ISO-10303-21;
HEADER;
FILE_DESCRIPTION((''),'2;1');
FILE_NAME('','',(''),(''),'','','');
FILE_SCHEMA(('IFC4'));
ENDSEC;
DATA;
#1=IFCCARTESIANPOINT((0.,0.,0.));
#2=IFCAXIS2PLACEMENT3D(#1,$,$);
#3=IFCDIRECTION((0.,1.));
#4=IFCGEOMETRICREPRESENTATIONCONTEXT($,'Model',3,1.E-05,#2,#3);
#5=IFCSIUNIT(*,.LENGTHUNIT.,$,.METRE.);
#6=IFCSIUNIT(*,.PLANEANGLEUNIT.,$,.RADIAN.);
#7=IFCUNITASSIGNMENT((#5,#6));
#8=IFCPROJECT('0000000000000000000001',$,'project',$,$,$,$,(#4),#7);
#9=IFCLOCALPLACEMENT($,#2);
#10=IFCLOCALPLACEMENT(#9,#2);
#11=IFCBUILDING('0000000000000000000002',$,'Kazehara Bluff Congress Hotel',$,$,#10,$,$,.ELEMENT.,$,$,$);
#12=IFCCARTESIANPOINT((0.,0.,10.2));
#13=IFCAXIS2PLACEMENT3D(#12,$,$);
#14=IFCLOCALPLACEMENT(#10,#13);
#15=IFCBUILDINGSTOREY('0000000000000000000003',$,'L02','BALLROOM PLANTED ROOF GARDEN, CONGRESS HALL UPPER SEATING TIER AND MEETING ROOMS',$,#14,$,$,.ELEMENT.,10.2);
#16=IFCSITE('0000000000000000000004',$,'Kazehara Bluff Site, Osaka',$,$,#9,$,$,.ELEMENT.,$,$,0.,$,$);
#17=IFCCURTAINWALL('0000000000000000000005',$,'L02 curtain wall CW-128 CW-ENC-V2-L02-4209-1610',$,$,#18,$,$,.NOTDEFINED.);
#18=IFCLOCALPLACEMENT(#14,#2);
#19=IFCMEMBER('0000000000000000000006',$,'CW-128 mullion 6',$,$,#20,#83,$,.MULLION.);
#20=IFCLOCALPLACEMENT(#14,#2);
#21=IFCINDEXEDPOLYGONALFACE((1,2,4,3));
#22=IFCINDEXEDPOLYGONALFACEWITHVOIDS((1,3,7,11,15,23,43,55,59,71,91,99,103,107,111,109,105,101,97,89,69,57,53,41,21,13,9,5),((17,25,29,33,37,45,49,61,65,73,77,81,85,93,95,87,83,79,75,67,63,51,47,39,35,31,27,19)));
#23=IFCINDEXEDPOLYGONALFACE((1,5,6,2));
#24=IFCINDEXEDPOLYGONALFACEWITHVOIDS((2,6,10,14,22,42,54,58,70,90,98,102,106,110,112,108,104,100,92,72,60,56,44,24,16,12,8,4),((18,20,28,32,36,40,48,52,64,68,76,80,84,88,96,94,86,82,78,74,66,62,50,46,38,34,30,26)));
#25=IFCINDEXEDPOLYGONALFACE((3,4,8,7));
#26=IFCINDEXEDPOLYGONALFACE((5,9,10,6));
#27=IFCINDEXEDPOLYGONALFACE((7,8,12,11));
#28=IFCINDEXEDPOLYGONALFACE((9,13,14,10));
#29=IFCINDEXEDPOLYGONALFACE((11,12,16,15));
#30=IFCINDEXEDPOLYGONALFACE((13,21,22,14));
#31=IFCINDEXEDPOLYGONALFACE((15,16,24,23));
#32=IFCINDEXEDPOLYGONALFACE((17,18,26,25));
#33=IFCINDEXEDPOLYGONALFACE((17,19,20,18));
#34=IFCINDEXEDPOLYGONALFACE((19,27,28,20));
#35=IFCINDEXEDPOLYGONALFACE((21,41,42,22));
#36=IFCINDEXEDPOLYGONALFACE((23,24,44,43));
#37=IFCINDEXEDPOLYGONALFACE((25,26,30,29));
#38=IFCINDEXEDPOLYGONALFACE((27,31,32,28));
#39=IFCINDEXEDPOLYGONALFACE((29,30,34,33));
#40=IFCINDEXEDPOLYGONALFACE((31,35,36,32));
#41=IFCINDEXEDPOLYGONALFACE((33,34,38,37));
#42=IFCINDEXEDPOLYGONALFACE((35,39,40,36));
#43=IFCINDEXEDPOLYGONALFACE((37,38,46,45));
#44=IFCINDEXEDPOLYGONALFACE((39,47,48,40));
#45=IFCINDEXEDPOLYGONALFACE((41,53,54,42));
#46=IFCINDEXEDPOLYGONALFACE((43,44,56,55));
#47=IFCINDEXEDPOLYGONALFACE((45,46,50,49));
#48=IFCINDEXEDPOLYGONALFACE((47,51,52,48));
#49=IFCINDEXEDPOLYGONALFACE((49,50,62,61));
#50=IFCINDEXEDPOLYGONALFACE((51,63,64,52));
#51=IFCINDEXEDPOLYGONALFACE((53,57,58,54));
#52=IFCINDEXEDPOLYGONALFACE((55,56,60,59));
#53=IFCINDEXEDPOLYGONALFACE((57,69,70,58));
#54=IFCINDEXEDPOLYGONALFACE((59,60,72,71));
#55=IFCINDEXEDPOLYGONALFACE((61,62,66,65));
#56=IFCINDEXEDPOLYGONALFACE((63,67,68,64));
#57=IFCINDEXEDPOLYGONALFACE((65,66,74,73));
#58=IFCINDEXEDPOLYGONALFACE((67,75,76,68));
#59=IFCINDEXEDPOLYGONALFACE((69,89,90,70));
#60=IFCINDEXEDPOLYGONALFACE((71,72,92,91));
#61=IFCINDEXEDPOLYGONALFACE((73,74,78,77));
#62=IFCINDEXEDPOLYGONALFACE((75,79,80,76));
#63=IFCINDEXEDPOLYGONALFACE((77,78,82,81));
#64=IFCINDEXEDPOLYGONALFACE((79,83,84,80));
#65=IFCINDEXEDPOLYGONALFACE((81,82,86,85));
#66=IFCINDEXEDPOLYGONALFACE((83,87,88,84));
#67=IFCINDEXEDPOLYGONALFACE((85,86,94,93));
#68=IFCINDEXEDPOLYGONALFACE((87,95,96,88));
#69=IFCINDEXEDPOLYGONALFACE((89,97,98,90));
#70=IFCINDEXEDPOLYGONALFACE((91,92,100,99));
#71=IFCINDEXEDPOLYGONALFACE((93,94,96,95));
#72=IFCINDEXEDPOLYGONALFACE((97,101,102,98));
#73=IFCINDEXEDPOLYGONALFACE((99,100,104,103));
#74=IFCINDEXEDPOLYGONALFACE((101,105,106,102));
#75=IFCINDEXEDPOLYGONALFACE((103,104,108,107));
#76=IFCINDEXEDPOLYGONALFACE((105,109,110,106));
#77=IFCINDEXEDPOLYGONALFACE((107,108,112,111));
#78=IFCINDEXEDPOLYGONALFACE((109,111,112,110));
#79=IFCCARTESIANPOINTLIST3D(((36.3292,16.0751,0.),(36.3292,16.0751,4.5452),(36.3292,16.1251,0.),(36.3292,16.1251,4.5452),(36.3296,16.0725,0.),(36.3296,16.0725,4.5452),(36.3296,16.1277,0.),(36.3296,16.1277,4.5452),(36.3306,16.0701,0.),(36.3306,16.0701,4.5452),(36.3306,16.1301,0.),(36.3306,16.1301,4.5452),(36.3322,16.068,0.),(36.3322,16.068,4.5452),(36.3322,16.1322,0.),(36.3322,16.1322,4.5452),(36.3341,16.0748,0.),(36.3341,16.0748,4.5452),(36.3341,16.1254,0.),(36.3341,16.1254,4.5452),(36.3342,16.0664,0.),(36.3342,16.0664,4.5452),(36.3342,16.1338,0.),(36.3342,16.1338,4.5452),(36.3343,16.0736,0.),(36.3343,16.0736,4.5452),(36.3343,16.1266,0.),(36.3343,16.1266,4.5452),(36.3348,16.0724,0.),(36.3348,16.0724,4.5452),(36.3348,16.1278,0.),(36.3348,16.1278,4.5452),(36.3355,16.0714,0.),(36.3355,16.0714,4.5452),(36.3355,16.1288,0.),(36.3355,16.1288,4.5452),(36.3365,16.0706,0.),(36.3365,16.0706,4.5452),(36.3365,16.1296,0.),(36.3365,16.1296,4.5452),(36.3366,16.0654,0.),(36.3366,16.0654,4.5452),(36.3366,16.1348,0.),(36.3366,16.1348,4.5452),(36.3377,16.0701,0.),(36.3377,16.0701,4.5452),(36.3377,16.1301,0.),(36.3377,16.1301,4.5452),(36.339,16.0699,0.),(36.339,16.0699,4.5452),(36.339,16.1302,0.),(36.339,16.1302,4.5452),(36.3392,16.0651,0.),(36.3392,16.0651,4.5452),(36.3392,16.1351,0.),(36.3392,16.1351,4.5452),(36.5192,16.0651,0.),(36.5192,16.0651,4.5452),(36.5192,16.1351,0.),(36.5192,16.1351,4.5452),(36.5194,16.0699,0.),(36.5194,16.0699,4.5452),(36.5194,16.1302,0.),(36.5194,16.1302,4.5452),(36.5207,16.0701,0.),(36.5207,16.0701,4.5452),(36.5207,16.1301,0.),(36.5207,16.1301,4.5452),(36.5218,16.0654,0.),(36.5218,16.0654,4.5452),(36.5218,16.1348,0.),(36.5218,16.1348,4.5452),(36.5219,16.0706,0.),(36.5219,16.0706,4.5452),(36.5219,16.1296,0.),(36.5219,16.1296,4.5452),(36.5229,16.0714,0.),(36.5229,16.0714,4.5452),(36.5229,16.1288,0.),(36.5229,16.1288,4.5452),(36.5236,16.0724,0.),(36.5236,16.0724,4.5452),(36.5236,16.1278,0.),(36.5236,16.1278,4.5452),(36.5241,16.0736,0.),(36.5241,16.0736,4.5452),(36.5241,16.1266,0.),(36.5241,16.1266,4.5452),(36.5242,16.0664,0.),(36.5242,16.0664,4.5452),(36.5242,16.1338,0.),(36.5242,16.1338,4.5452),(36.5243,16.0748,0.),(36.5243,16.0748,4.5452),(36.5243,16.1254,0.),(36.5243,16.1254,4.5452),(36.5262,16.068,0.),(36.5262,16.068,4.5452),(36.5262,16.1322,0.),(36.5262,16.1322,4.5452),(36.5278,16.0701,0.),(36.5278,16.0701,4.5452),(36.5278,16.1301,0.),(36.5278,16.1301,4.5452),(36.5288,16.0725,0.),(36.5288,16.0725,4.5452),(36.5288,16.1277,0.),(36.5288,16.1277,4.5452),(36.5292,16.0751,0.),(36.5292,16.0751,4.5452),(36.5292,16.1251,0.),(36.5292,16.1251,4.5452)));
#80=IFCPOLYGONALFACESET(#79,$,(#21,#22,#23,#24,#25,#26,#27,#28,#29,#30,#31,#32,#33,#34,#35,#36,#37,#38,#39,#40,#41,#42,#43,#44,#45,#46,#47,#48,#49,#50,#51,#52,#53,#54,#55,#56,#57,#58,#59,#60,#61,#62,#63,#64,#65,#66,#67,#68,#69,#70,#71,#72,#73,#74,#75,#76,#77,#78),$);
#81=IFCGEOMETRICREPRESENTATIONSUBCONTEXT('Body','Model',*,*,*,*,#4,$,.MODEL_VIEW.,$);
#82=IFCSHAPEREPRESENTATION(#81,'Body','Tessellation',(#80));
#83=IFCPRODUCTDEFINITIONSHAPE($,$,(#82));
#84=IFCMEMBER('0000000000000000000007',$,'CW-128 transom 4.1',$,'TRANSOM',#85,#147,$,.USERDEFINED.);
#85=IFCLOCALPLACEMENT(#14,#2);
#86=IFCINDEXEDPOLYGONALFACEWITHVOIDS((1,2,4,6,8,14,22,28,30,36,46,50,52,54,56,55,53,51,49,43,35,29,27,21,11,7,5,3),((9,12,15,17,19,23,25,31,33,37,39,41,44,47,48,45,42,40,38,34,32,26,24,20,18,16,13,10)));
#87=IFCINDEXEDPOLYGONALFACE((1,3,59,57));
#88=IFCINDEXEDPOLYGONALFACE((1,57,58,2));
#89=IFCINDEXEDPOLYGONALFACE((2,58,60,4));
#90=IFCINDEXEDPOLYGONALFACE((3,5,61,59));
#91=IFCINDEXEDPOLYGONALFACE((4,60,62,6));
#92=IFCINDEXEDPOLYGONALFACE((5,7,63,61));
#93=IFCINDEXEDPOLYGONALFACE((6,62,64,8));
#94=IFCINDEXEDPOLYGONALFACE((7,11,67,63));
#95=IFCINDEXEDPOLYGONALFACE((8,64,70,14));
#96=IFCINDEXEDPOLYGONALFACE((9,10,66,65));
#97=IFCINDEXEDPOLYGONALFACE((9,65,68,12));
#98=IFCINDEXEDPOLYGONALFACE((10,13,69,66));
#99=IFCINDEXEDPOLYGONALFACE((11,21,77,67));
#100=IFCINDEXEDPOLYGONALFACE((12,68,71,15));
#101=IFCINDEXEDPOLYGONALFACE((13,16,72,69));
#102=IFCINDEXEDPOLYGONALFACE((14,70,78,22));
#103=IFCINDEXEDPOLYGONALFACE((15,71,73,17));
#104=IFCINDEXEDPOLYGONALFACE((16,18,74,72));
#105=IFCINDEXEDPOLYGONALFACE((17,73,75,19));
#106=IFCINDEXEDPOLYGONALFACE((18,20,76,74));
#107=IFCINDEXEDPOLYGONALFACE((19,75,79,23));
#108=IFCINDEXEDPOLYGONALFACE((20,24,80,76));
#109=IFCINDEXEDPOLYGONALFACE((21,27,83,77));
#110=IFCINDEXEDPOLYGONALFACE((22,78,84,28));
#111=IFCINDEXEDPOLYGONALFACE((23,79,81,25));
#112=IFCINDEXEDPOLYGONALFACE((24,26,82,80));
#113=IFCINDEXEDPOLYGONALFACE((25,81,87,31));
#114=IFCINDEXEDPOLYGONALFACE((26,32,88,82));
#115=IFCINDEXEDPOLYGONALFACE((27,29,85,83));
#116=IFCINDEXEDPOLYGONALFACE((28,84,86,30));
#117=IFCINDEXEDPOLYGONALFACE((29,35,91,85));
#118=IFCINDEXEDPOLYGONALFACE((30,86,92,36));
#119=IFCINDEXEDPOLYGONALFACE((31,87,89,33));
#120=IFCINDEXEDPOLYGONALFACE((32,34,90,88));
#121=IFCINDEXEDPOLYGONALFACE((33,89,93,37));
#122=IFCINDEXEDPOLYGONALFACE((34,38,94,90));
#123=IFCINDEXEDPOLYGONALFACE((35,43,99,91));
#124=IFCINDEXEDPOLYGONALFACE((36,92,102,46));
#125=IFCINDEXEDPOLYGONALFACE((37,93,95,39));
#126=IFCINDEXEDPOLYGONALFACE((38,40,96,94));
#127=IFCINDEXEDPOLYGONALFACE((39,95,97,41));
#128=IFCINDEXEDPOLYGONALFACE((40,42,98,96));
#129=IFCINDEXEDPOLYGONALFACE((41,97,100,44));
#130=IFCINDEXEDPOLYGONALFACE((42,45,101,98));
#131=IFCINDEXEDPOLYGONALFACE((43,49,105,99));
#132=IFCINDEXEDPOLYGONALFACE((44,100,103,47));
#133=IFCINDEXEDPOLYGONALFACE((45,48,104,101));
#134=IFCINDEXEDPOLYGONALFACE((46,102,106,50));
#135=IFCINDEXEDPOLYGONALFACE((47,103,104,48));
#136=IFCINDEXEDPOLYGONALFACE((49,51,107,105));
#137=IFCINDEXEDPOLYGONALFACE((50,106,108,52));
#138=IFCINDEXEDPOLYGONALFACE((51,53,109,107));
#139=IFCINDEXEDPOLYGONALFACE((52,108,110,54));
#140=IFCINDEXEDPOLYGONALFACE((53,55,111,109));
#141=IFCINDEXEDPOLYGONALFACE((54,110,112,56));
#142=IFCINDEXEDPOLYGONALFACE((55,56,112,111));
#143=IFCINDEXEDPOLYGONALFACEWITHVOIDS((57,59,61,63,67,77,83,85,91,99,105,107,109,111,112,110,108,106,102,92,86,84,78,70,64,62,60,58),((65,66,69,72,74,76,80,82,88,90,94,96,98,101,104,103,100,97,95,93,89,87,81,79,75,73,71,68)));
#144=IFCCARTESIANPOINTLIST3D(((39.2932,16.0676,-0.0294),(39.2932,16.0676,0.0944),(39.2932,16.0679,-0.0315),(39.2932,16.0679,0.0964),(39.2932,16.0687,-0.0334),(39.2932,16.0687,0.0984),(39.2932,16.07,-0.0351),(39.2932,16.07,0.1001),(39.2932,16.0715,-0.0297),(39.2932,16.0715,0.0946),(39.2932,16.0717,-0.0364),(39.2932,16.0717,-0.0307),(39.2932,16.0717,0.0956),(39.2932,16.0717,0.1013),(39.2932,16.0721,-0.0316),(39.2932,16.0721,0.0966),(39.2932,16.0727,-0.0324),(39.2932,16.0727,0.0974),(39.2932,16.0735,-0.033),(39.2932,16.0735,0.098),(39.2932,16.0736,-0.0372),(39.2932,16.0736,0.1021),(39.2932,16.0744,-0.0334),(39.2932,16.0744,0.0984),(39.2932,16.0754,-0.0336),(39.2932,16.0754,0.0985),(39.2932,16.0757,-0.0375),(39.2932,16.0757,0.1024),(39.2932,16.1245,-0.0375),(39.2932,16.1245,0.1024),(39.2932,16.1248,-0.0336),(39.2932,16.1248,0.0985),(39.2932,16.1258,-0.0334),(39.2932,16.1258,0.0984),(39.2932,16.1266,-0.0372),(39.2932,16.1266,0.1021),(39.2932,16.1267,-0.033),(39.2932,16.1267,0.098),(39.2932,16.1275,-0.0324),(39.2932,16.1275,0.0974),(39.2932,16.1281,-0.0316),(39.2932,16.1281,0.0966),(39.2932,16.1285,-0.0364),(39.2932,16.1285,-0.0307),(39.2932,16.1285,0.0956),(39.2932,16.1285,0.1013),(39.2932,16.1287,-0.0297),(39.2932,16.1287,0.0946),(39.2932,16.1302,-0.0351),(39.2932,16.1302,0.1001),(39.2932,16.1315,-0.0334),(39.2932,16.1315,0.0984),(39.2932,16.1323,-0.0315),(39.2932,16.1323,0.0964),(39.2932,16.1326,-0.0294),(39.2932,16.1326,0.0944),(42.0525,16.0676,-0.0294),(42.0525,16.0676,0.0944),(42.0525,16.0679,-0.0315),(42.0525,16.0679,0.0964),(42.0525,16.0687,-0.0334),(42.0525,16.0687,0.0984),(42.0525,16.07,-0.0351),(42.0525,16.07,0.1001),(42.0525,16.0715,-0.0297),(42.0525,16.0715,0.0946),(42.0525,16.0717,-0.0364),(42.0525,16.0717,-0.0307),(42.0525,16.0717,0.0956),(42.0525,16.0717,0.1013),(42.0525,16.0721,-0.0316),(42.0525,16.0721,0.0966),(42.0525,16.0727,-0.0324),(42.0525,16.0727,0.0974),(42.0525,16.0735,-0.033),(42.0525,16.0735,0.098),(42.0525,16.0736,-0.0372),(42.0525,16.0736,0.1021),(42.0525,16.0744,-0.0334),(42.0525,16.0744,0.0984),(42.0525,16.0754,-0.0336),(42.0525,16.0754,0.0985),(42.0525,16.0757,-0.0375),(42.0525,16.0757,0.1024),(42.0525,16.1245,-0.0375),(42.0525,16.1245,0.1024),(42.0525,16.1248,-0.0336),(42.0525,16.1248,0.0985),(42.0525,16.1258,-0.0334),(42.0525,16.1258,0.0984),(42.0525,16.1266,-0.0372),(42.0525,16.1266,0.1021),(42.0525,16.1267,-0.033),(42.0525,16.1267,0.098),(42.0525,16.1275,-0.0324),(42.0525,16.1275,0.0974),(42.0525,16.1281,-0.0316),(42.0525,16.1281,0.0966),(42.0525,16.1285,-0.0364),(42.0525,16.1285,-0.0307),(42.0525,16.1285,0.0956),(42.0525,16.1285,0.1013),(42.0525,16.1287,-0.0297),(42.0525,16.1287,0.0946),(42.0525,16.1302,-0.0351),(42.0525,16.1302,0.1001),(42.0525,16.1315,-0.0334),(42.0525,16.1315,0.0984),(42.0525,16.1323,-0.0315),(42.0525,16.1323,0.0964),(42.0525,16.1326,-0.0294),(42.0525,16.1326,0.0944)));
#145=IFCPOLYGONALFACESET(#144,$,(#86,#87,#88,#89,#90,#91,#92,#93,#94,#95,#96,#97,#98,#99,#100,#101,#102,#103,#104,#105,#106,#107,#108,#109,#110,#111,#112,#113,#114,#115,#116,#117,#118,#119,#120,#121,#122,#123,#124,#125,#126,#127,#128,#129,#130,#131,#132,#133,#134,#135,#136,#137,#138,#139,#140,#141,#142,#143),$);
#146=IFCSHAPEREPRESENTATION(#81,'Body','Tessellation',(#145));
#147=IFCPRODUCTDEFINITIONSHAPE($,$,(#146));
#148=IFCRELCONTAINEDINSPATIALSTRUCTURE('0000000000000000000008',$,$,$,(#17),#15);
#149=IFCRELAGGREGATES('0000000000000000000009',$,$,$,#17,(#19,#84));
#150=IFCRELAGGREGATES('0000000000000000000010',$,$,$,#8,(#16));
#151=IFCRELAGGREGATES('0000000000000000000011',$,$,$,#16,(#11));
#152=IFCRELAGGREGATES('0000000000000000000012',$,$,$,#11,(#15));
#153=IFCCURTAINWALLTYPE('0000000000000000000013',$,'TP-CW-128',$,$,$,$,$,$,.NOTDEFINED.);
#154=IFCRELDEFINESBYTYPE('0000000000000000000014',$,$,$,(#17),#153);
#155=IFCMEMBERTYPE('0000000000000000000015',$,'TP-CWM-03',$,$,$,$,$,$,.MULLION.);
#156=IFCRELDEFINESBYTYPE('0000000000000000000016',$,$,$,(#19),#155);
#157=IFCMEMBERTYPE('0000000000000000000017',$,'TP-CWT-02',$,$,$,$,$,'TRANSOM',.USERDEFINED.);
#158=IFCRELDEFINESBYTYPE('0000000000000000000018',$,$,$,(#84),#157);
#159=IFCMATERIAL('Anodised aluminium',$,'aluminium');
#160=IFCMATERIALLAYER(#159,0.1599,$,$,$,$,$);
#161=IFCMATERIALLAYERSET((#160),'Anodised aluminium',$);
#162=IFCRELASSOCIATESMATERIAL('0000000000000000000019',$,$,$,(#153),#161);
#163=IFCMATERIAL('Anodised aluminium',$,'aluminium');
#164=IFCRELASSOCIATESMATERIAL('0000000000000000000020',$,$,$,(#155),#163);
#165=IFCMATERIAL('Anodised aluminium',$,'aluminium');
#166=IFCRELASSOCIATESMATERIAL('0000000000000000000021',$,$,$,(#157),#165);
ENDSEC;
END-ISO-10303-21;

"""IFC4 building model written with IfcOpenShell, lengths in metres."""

from ifc_helpers import new_model, si_unit, direction, frame, origin, origin_2d, place, context, subcontext, project, spatial, hollow_rectangle, extrude, material, layer, layer_set, material_profile, profile_set, type_object, element, aggregate, save


model = new_model("IFC4")

# Units and contexts
model_context = context("Model", 3, precision=1e-05, world=origin(), true_north=direction((0.0, 1.0)))
body_context = subcontext(model_context, "Body", "Model", "MODEL_VIEW")
ifc_project = project(units=[si_unit("LENGTHUNIT", "METRE"), si_unit("PLANEANGLEUNIT", "RADIAN")], contexts=[model_context])

# Site, building, storey
site_placement = place(None, origin())
site = spatial("IfcSite", under=ifc_project, at=site_placement, Name="Kazehara Bluff Site, Osaka", CompositionType="ELEMENT", RefElevation=0.0)
building_placement = place(site_placement, origin())
building = spatial("IfcBuilding", under=site, at=building_placement, Name="Kazehara Bluff Congress Hotel", CompositionType="ELEMENT")
storey_placement = place(building_placement, frame((0.0, 0.0, 10.2)))
storey = spatial("IfcBuildingStorey", under=building, at=storey_placement, Name="L02", Description="BALLROOM PLANTED ROOF GARDEN, CONGRESS HALL UPPER SEATING TIER AND MEETING ROOMS", CompositionType="ELEMENT", Elevation=10.2)

# Curtain wall, members
ifc_material_1 = material(Name="Anodised aluminium", Category="aluminium")
ifc_layer_1 = layer(ifc_material_1, 0.1599)
ifc_layer_set_1 = layer_set([ifc_layer_1], Name="Anodised aluminium")
curtain_wall_type = type_object("IfcCurtainWallType", Name="TP-CW-128", PredefinedType="NOTDEFINED", material=ifc_layer_set_1)
curtain_wall_placement = place(storey_placement, origin())
curtain_wall = element("IfcCurtainWall", 1, at=curtain_wall_placement, inside=storey, type_object=curtain_wall_type, Name="L02 curtain wall CW-128 CW-ENC-V2-L02-4209-1610", PredefinedType="NOTDEFINED")
ifc_material_2 = material(Name="Anodised aluminium", Category="aluminium")
ifc_material_profile_1 = material_profile(ifc_material_2, hollow_rectangle(XDim=0.0701, YDim=0.2, WallThickness=0.0049, InnerFilletRadius=0.0049, OuterFilletRadius=0.01, at=origin_2d()))
ifc_profile_set_1 = profile_set([ifc_material_profile_1], Name="Anodised aluminium")
member_type_1 = type_object("IfcMemberType", Name="TP-CWM-03", PredefinedType="MULLION", material=ifc_profile_set_1)
member_1_placement = place(storey_placement, frame((36.4292, 16.1001, 0.0), z_axis=(0.0, 0.0, 1.0), x_axis=(0.0, -1.0, 0.0)))
member_1 = element("IfcMember", 2, at=member_1_placement, type_object=member_type_1, Name="CW-128 mullion 6", PredefinedType="MULLION", context=body_context, shape_type="SweptSolid", body=[
    extrude(hollow_rectangle(XDim=0.0701, YDim=0.2, WallThickness=0.0049, InnerFilletRadius=0.0049, OuterFilletRadius=0.01, at=origin_2d()), origin(), (0.0, 0.0, 1.0), 4.5452),
])
ifc_material_3 = material(Name="Anodised aluminium", Category="aluminium")
ifc_material_profile_2 = material_profile(ifc_material_3, hollow_rectangle(XDim=0.0649, YDim=0.1399, WallThickness=0.0039, InnerFilletRadius=0.0039, OuterFilletRadius=0.0081, at=origin_2d()))
ifc_profile_set_2 = profile_set([ifc_material_profile_2], Name="Anodised aluminium")
member_type_2 = type_object("IfcMemberType", Name="TP-CWT-02", ElementType="TRANSOM", PredefinedType="USERDEFINED", material=ifc_profile_set_2)
member_2_placement = place(storey_placement, frame((42.0525, 16.1001, 0.0325), z_axis=(-1.0, 0.0, 0.0), x_axis=(0.0, -1.0, 0.0)))
member_2 = element("IfcMember", 3, at=member_2_placement, type_object=member_type_2, Name="CW-128 transom 4.1", ObjectType="TRANSOM", PredefinedType="USERDEFINED", context=body_context, shape_type="SweptSolid", body=[
    extrude(hollow_rectangle(XDim=0.0649, YDim=0.1399, WallThickness=0.0039, InnerFilletRadius=0.0039, OuterFilletRadius=0.0081, at=origin_2d()), origin(), (0.0, 0.0, 1.0), 2.7593),
])
aggregate(curtain_wall, [member_1, member_2])

save(model, "model.ifc")
